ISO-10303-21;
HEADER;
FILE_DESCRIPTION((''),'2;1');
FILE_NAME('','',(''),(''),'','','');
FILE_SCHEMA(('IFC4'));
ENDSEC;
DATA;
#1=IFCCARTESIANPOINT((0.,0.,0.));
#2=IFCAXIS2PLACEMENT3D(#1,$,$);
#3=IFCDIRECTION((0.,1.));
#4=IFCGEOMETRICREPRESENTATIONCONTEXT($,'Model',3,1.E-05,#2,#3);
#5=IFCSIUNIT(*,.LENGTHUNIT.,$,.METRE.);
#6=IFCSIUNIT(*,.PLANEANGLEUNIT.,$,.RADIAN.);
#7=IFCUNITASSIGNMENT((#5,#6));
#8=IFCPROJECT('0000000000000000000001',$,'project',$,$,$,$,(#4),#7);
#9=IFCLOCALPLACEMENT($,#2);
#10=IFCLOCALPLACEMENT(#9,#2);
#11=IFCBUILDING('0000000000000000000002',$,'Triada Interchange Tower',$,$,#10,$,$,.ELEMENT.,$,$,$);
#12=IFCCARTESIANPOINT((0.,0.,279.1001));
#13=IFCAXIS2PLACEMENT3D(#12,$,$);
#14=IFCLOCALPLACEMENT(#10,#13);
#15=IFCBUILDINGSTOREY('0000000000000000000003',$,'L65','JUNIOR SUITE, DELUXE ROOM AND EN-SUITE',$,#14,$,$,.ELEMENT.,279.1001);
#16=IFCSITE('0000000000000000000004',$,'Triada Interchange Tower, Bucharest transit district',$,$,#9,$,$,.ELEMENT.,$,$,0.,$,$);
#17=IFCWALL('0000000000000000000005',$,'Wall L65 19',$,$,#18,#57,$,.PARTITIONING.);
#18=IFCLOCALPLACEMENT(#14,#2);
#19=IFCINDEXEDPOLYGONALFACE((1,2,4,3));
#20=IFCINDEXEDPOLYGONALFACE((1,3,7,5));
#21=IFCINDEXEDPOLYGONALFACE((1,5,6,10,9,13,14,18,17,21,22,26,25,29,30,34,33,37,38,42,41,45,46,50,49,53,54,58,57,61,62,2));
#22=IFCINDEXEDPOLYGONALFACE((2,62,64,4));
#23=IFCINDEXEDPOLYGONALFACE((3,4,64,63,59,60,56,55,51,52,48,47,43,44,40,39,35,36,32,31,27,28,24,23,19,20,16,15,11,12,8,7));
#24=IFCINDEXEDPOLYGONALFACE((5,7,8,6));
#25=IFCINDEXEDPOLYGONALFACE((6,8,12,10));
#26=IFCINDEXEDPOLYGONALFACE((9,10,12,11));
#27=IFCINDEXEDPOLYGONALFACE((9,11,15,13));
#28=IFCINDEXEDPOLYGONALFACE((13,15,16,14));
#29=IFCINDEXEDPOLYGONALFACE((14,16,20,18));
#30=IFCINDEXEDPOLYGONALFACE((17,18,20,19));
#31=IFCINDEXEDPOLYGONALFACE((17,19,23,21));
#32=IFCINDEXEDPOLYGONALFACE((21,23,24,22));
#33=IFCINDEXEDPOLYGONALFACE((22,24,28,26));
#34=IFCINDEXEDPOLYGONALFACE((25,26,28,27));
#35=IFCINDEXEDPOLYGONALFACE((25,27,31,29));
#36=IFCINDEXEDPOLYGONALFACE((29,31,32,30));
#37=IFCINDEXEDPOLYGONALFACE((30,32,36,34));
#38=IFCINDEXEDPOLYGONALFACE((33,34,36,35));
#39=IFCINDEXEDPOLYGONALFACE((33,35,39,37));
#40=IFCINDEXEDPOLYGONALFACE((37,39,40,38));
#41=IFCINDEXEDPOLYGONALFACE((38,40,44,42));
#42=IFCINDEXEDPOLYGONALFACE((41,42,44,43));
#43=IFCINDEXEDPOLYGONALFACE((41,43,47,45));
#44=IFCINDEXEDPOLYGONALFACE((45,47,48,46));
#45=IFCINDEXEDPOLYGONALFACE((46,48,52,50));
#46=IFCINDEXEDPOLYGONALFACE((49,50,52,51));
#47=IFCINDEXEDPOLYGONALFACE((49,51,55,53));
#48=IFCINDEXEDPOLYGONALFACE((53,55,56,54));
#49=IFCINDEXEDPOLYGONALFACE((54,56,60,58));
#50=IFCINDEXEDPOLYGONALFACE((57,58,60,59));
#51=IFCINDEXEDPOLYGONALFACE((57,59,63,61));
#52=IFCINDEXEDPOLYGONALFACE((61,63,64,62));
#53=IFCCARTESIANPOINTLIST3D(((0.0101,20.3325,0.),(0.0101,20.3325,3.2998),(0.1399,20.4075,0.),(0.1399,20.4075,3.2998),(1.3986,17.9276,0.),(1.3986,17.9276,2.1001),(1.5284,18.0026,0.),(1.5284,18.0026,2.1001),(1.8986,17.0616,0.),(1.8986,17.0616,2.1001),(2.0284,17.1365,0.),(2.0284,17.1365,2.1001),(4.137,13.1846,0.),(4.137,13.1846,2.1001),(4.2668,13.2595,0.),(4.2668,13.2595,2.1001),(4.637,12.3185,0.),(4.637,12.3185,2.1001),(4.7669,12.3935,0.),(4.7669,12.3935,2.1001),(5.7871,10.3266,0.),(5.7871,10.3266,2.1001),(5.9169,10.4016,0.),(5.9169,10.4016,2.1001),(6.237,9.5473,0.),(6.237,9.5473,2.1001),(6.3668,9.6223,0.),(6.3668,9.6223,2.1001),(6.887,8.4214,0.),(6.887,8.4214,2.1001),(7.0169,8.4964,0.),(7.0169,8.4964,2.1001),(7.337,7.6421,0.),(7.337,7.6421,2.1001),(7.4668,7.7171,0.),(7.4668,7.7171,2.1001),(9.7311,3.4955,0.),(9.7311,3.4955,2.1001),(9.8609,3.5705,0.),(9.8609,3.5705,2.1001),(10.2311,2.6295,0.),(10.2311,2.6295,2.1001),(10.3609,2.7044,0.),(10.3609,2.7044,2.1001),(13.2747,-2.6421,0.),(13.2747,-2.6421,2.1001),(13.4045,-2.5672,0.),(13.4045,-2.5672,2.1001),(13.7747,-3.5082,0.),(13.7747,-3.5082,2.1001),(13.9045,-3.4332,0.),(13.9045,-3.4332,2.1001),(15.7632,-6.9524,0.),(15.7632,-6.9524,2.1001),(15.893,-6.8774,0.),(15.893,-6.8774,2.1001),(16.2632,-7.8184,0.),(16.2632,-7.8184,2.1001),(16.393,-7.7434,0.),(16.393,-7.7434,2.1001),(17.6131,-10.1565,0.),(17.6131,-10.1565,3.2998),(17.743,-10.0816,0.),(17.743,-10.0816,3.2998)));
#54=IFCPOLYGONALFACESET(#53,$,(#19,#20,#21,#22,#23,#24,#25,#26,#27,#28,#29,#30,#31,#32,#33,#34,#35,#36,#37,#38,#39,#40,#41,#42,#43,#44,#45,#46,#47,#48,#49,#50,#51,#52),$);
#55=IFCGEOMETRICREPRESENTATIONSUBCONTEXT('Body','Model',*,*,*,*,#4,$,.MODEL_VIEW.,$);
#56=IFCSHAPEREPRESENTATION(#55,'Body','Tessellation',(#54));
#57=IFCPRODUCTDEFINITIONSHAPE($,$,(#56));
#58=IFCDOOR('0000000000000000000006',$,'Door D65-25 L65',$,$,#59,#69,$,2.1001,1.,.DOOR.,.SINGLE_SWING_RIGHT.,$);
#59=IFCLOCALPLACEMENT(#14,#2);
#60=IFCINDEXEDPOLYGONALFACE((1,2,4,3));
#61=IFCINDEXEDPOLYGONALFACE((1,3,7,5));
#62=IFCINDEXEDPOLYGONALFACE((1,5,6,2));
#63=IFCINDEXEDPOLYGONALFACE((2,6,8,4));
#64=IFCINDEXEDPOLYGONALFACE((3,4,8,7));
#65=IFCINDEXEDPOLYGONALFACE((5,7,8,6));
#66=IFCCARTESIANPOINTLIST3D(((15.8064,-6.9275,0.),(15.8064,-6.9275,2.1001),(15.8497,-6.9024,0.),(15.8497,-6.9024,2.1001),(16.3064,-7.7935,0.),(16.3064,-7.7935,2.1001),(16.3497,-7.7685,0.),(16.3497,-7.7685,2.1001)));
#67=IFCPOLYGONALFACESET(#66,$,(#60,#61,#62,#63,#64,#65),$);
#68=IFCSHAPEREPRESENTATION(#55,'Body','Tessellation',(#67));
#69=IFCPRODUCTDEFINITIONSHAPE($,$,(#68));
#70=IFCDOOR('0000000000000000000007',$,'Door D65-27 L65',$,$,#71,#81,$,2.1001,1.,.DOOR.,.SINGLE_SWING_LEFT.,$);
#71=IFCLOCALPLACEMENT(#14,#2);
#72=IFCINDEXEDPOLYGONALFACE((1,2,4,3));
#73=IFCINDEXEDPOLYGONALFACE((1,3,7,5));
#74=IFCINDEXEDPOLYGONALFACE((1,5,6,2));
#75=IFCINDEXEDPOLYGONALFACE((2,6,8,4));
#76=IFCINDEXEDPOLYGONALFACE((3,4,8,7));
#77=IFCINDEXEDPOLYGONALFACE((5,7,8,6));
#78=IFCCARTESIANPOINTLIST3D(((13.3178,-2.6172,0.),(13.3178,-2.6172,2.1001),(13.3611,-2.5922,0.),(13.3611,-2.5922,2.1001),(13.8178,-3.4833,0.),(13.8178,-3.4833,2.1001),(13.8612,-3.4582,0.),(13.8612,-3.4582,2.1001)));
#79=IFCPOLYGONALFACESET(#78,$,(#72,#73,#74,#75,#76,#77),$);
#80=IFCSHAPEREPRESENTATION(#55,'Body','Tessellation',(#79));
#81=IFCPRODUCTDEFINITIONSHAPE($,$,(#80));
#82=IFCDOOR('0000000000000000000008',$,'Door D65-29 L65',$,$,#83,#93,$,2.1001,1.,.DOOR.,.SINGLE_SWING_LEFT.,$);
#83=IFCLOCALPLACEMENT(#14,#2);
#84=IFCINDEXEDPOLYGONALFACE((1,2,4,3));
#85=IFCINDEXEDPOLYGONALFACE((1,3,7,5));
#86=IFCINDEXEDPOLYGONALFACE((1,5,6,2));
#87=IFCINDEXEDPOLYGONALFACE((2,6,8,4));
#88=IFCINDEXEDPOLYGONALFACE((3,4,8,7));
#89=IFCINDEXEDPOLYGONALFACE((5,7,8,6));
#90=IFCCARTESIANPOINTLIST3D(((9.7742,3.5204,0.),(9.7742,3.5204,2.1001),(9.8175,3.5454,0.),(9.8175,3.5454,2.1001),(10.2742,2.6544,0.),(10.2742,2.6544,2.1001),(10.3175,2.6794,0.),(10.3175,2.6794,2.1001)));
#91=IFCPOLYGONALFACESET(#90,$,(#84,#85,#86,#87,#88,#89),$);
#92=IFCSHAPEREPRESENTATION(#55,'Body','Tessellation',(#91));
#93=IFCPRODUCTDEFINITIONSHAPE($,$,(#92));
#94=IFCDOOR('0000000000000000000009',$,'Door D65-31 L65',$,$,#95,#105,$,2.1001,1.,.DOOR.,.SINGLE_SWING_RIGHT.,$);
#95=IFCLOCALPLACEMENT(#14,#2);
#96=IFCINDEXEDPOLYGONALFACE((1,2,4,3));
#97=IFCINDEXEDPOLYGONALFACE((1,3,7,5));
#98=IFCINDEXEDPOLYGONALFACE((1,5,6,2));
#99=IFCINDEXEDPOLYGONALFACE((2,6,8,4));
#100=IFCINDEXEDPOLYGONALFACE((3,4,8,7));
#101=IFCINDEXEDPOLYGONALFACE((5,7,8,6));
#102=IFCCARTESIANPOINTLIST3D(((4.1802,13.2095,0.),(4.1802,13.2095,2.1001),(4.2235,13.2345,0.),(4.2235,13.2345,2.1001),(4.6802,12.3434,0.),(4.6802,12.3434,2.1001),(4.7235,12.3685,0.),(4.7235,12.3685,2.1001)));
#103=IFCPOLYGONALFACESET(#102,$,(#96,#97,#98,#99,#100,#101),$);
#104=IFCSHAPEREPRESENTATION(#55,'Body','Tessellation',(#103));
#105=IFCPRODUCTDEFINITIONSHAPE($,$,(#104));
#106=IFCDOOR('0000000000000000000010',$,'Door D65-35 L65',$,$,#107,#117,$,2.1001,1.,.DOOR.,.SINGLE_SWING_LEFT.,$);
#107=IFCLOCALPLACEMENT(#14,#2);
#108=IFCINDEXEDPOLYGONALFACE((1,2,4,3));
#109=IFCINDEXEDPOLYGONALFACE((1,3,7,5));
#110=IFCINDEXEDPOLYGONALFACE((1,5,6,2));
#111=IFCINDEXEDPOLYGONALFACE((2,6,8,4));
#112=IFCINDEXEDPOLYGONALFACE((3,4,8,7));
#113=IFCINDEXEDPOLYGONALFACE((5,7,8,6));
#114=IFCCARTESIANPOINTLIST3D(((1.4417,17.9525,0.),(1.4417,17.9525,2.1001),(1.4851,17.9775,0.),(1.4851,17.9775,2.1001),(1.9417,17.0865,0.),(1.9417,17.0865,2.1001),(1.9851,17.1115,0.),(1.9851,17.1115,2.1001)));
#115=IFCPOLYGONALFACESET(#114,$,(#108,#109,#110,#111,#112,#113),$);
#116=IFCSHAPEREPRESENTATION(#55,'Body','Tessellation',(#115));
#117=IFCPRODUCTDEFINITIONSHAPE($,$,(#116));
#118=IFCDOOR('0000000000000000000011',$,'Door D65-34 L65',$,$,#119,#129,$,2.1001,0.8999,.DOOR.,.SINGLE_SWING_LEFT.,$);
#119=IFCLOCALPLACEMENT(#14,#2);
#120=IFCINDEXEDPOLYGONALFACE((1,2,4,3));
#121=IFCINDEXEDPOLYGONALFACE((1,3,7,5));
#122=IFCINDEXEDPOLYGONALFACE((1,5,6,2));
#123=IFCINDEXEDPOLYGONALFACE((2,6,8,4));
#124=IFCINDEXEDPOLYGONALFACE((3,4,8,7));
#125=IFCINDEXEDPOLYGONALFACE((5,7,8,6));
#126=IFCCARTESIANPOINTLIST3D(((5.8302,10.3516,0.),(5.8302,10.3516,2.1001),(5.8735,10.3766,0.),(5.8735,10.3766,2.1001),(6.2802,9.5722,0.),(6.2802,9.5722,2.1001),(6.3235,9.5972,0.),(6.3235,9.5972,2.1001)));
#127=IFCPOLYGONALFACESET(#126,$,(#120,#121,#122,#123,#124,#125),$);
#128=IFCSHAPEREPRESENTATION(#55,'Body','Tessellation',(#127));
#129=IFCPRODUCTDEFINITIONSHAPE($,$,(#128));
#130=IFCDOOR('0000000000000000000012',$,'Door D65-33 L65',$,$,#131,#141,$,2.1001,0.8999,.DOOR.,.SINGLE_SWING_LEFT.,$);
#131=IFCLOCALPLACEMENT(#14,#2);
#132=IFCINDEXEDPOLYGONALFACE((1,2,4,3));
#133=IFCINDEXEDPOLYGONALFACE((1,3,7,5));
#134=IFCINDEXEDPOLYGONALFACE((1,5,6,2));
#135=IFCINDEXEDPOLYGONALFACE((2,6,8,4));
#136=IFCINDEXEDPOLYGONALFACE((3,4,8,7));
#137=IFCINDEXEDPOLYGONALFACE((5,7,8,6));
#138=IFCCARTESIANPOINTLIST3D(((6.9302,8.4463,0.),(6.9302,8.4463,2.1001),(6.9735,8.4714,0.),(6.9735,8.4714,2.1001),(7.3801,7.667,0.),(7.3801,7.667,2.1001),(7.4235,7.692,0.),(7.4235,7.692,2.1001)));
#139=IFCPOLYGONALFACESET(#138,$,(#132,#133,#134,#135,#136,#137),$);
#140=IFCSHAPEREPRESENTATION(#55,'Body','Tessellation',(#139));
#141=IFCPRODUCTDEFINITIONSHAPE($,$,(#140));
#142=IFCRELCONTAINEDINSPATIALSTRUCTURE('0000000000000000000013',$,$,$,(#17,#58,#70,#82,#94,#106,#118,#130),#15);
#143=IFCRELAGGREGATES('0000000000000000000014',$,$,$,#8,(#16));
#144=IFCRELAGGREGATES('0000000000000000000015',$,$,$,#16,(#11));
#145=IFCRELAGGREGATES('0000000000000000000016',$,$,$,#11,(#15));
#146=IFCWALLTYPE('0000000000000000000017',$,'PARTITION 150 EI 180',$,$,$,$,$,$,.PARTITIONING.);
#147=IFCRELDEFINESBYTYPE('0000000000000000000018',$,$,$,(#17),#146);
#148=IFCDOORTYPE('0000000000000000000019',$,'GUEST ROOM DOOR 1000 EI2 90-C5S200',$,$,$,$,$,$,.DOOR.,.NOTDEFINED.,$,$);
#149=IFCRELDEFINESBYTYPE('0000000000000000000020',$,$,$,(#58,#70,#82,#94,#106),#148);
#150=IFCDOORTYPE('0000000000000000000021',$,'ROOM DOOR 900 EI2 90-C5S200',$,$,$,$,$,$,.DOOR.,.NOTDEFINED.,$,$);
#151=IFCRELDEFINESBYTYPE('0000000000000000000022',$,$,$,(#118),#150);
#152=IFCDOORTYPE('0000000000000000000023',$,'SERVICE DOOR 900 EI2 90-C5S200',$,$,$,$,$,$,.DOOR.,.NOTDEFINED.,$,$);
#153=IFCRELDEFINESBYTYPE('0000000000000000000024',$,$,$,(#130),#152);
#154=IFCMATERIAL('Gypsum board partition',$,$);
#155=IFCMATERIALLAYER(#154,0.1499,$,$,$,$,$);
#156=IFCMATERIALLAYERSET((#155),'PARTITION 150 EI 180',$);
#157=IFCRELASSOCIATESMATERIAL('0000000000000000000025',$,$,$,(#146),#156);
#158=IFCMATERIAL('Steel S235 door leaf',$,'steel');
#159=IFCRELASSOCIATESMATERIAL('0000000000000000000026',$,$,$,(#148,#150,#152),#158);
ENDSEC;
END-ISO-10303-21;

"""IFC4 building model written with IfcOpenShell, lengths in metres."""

from ifc_helpers import new_model, si_unit, direction, frame, frame_2d, origin, place, context, subcontext, project, spatial, rectangle, extrude, material, layer, layer_set, type_object, element, fill, save


model = new_model("IFC4")

# Units and contexts
model_context = context("Model", 3, precision=1e-05, world=origin(), true_north=direction((0.0, 1.0)))
body_context = subcontext(model_context, "Body", "Model", "MODEL_VIEW")
ifc_project = project(units=[si_unit("LENGTHUNIT", "METRE"), si_unit("PLANEANGLEUNIT", "RADIAN")], contexts=[model_context])

# Site, building, storey
site_placement = place(None, origin())
site = spatial("IfcSite", under=ifc_project, at=site_placement, Name="Triada Interchange Tower, Bucharest transit district", CompositionType="ELEMENT", RefElevation=0.0)
building_placement = place(site_placement, origin())
building = spatial("IfcBuilding", under=site, at=building_placement, Name="Triada Interchange Tower", CompositionType="ELEMENT")
storey_placement = place(building_placement, frame((0.0, 0.0, 279.1001)))
storey = spatial("IfcBuildingStorey", under=building, at=storey_placement, Name="L65", Description="JUNIOR SUITE, DELUXE ROOM AND EN-SUITE", CompositionType="ELEMENT", Elevation=279.1001)

# Shared definitions
ifc_material_1 = material(Name="Gypsum board partition")
ifc_layer_1 = layer(ifc_material_1, 0.1499)
ifc_layer_set_1 = layer_set([ifc_layer_1], Name="PARTITION 150 EI 180")
wall_type_1 = type_object("IfcWallType", Name="PARTITION 150 EI 180", PredefinedType="PARTITIONING", material=ifc_layer_set_1)

# Wall, openings, doors
wall_1_placement = place(storey_placement, frame((0.075, 20.3701, 0.0), z_axis=(0.0, 0.0, 1.0), x_axis=(0.500004, -0.866023, 0.0)))
wall_1 = element("IfcWall", 1, at=wall_1_placement, inside=storey, type_object=wall_type_1, Name="Wall L65 19", PredefinedType="PARTITIONING", context=body_context, shape_type="SweptSolid", body=[
    extrude(rectangle(XDim=35.2058, YDim=0.1499, at=frame_2d((17.603, 0.0))), origin(), (0.0, 0.0, 1.0), 3.2998),
])
opening_1_placement = place(wall_1_placement, frame((31.5061, 0.0, 0.0)))
opening_1 = element("IfcOpeningElement", 2, at=opening_1_placement, cuts=wall_1, PredefinedType="OPENING", context=body_context, shape_type="SweptSolid", body=[
    extrude(rectangle(XDim=1.0, YDim=2.1001, at=frame_2d((0.5, 1.05))), frame((0.0, 0.085, 0.0), z_axis=(0.0, -1.0, 0.0), x_axis=(1.0, 0.0, 0.0)), (0.0, 0.0, 1.0), 0.1699),
])
opening_2_placement = place(wall_1_placement, frame((26.5291, 0.0, 0.0)))
opening_2 = element("IfcOpeningElement", 3, at=opening_2_placement, cuts=wall_1, PredefinedType="OPENING", context=body_context, shape_type="SweptSolid", body=[
    extrude(rectangle(XDim=1.0, YDim=2.1001, at=frame_2d((0.5, 1.05))), frame((0.0, 0.085, 0.0), z_axis=(0.0, -1.0, 0.0), x_axis=(1.0, 0.0, 0.0)), (0.0, 0.0, 1.0), 0.1699),
])
opening_3_placement = place(wall_1_placement, frame((19.4419, 0.0, 0.0)))
opening_3 = element("IfcOpeningElement", 4, at=opening_3_placement, cuts=wall_1, PredefinedType="OPENING", context=body_context, shape_type="SweptSolid", body=[
    extrude(rectangle(XDim=1.0, YDim=2.1001, at=frame_2d((0.5, 1.05))), frame((0.0, 0.085, 0.0), z_axis=(0.0, -1.0, 0.0), x_axis=(1.0, 0.0, 0.0)), (0.0, 0.0, 1.0), 0.1699),
])
opening_4_placement = place(wall_1_placement, frame((8.2539, 0.0, 0.0)))
opening_4 = element("IfcOpeningElement", 5, at=opening_4_placement, cuts=wall_1, PredefinedType="OPENING", context=body_context, shape_type="SweptSolid", body=[
    extrude(rectangle(XDim=1.0, YDim=2.1001, at=frame_2d((0.5, 1.05))), frame((0.0, 0.085, 0.0), z_axis=(0.0, -1.0, 0.0), x_axis=(1.0, 0.0, 0.0)), (0.0, 0.0, 1.0), 0.1699),
])
opening_5_placement = place(wall_1_placement, frame((13.7539, 0.0, 0.0)))
opening_5 = element("IfcOpeningElement", 6, at=opening_5_placement, cuts=wall_1, PredefinedType="OPENING", context=body_context, shape_type="SweptSolid", body=[
    extrude(rectangle(XDim=0.8999, YDim=2.1001, at=frame_2d((0.45, 1.05))), frame((0.0, 0.085, 0.0), z_axis=(0.0, -1.0, 0.0), x_axis=(1.0, 0.0, 0.0)), (0.0, 0.0, 1.0), 0.1699),
])
opening_6_placement = place(wall_1_placement, frame((11.554, 0.0, 0.0)))
opening_6 = element("IfcOpeningElement", 7, at=opening_6_placement, cuts=wall_1, PredefinedType="OPENING", context=body_context, shape_type="SweptSolid", body=[
    extrude(rectangle(XDim=0.8999, YDim=2.1001, at=frame_2d((0.45, 1.05))), frame((0.0, 0.085, 0.0), z_axis=(0.0, -1.0, 0.0), x_axis=(1.0, 0.0, 0.0)), (0.0, 0.0, 1.0), 0.1699),
])
opening_7_placement = place(wall_1_placement, frame((2.7771, 0.0, 0.0)))
opening_7 = element("IfcOpeningElement", 8, at=opening_7_placement, cuts=wall_1, PredefinedType="OPENING", context=body_context, shape_type="SweptSolid", body=[
    extrude(rectangle(XDim=1.0, YDim=2.1001, at=frame_2d((0.5, 1.05))), frame((0.0, 0.085, 0.0), z_axis=(0.0, -1.0, 0.0), x_axis=(1.0, 0.0, 0.0)), (0.0, 0.0, 1.0), 0.1699),
])
ifc_material_2 = material(Name="Steel S235 door leaf", Category="steel")
door_type_1 = type_object("IfcDoorType", Name="GUEST ROOM DOOR 1000 EI2 90-C5S200", OperationType="NOTDEFINED", PredefinedType="DOOR", material=ifc_material_2)
door_1_placement = place(opening_1_placement, origin())
door_1 = element("IfcDoor", 9, at=door_1_placement, inside=storey, type_object=door_type_1, Name="Door D65-25 L65", OperationType="SINGLE_SWING_RIGHT", OverallHeight=2.1001, OverallWidth=1.0, PredefinedType="DOOR", context=body_context, shape_type="SweptSolid", body=[
    extrude(rectangle(XDim=1.0, YDim=2.1001, at=frame_2d((0.5, 1.05))), frame((0.0, 0.0249, 0.0), z_axis=(0.0, -1.0, 0.0), x_axis=(1.0, 0.0, 0.0)), (0.0, 0.0, 1.0), 0.05),
])
fill(opening_1, door_1)
door_2_placement = place(opening_2_placement, origin())
door_2 = element("IfcDoor", 10, at=door_2_placement, inside=storey, type_object=door_type_1, Name="Door D65-27 L65", OperationType="SINGLE_SWING_LEFT", OverallHeight=2.1001, OverallWidth=1.0, PredefinedType="DOOR", context=body_context, shape_type="SweptSolid", body=[
    extrude(rectangle(XDim=1.0, YDim=2.1001, at=frame_2d((0.5, 1.05))), frame((0.0, 0.0249, 0.0), z_axis=(0.0, -1.0, 0.0), x_axis=(1.0, 0.0, 0.0)), (0.0, 0.0, 1.0), 0.05),
])
fill(opening_2, door_2)
door_3_placement = place(opening_3_placement, origin())
door_3 = element("IfcDoor", 11, at=door_3_placement, inside=storey, type_object=door_type_1, Name="Door D65-29 L65", OperationType="SINGLE_SWING_LEFT", OverallHeight=2.1001, OverallWidth=1.0, PredefinedType="DOOR", context=body_context, shape_type="SweptSolid", body=[
    extrude(rectangle(XDim=1.0, YDim=2.1001, at=frame_2d((0.5, 1.05))), frame((0.0, 0.0249, 0.0), z_axis=(0.0, -1.0, 0.0), x_axis=(1.0, 0.0, 0.0)), (0.0, 0.0, 1.0), 0.05),
])
fill(opening_3, door_3)
door_4_placement = place(opening_4_placement, origin())
door_4 = element("IfcDoor", 12, at=door_4_placement, inside=storey, type_object=door_type_1, Name="Door D65-31 L65", OperationType="SINGLE_SWING_RIGHT", OverallHeight=2.1001, OverallWidth=1.0, PredefinedType="DOOR", context=body_context, shape_type="SweptSolid", body=[
    extrude(rectangle(XDim=1.0, YDim=2.1001, at=frame_2d((0.5, 1.05))), frame((0.0, 0.0249, 0.0), z_axis=(0.0, -1.0, 0.0), x_axis=(1.0, 0.0, 0.0)), (0.0, 0.0, 1.0), 0.05),
])
fill(opening_4, door_4)
door_5_placement = place(opening_7_placement, origin())
door_5 = element("IfcDoor", 13, at=door_5_placement, inside=storey, type_object=door_type_1, Name="Door D65-35 L65", OperationType="SINGLE_SWING_LEFT", OverallHeight=2.1001, OverallWidth=1.0, PredefinedType="DOOR", context=body_context, shape_type="SweptSolid", body=[
    extrude(rectangle(XDim=1.0, YDim=2.1001, at=frame_2d((0.5, 1.05))), frame((0.0, 0.0249, 0.0), z_axis=(0.0, -1.0, 0.0), x_axis=(1.0, 0.0, 0.0)), (0.0, 0.0, 1.0), 0.05),
])
fill(opening_7, door_5)
door_type_2 = type_object("IfcDoorType", Name="ROOM DOOR 900 EI2 90-C5S200", OperationType="NOTDEFINED", PredefinedType="DOOR", material=ifc_material_2)
door_6_placement = place(opening_6_placement, origin())
door_6 = element("IfcDoor", 14, at=door_6_placement, inside=storey, type_object=door_type_2, Name="Door D65-34 L65", OperationType="SINGLE_SWING_LEFT", OverallHeight=2.1001, OverallWidth=0.8999, PredefinedType="DOOR", context=body_context, shape_type="SweptSolid", body=[
    extrude(rectangle(XDim=0.8999, YDim=2.1001, at=frame_2d((0.45, 1.05))), frame((0.0, 0.0249, 0.0), z_axis=(0.0, -1.0, 0.0), x_axis=(1.0, 0.0, 0.0)), (0.0, 0.0, 1.0), 0.05),
])
fill(opening_6, door_6)
door_type_3 = type_object("IfcDoorType", Name="SERVICE DOOR 900 EI2 90-C5S200", OperationType="NOTDEFINED", PredefinedType="DOOR", material=ifc_material_2)
door_7_placement = place(opening_5_placement, origin())
door_7 = element("IfcDoor", 15, at=door_7_placement, inside=storey, type_object=door_type_3, Name="Door D65-33 L65", OperationType="SINGLE_SWING_LEFT", OverallHeight=2.1001, OverallWidth=0.8999, PredefinedType="DOOR", context=body_context, shape_type="SweptSolid", body=[
    extrude(rectangle(XDim=0.8999, YDim=2.1001, at=frame_2d((0.45, 1.05))), frame((0.0, 0.0249, 0.0), z_axis=(0.0, -1.0, 0.0), x_axis=(1.0, 0.0, 0.0)), (0.0, 0.0, 1.0), 0.05),
])
fill(opening_5, door_7)

save(model, "model.ifc")
